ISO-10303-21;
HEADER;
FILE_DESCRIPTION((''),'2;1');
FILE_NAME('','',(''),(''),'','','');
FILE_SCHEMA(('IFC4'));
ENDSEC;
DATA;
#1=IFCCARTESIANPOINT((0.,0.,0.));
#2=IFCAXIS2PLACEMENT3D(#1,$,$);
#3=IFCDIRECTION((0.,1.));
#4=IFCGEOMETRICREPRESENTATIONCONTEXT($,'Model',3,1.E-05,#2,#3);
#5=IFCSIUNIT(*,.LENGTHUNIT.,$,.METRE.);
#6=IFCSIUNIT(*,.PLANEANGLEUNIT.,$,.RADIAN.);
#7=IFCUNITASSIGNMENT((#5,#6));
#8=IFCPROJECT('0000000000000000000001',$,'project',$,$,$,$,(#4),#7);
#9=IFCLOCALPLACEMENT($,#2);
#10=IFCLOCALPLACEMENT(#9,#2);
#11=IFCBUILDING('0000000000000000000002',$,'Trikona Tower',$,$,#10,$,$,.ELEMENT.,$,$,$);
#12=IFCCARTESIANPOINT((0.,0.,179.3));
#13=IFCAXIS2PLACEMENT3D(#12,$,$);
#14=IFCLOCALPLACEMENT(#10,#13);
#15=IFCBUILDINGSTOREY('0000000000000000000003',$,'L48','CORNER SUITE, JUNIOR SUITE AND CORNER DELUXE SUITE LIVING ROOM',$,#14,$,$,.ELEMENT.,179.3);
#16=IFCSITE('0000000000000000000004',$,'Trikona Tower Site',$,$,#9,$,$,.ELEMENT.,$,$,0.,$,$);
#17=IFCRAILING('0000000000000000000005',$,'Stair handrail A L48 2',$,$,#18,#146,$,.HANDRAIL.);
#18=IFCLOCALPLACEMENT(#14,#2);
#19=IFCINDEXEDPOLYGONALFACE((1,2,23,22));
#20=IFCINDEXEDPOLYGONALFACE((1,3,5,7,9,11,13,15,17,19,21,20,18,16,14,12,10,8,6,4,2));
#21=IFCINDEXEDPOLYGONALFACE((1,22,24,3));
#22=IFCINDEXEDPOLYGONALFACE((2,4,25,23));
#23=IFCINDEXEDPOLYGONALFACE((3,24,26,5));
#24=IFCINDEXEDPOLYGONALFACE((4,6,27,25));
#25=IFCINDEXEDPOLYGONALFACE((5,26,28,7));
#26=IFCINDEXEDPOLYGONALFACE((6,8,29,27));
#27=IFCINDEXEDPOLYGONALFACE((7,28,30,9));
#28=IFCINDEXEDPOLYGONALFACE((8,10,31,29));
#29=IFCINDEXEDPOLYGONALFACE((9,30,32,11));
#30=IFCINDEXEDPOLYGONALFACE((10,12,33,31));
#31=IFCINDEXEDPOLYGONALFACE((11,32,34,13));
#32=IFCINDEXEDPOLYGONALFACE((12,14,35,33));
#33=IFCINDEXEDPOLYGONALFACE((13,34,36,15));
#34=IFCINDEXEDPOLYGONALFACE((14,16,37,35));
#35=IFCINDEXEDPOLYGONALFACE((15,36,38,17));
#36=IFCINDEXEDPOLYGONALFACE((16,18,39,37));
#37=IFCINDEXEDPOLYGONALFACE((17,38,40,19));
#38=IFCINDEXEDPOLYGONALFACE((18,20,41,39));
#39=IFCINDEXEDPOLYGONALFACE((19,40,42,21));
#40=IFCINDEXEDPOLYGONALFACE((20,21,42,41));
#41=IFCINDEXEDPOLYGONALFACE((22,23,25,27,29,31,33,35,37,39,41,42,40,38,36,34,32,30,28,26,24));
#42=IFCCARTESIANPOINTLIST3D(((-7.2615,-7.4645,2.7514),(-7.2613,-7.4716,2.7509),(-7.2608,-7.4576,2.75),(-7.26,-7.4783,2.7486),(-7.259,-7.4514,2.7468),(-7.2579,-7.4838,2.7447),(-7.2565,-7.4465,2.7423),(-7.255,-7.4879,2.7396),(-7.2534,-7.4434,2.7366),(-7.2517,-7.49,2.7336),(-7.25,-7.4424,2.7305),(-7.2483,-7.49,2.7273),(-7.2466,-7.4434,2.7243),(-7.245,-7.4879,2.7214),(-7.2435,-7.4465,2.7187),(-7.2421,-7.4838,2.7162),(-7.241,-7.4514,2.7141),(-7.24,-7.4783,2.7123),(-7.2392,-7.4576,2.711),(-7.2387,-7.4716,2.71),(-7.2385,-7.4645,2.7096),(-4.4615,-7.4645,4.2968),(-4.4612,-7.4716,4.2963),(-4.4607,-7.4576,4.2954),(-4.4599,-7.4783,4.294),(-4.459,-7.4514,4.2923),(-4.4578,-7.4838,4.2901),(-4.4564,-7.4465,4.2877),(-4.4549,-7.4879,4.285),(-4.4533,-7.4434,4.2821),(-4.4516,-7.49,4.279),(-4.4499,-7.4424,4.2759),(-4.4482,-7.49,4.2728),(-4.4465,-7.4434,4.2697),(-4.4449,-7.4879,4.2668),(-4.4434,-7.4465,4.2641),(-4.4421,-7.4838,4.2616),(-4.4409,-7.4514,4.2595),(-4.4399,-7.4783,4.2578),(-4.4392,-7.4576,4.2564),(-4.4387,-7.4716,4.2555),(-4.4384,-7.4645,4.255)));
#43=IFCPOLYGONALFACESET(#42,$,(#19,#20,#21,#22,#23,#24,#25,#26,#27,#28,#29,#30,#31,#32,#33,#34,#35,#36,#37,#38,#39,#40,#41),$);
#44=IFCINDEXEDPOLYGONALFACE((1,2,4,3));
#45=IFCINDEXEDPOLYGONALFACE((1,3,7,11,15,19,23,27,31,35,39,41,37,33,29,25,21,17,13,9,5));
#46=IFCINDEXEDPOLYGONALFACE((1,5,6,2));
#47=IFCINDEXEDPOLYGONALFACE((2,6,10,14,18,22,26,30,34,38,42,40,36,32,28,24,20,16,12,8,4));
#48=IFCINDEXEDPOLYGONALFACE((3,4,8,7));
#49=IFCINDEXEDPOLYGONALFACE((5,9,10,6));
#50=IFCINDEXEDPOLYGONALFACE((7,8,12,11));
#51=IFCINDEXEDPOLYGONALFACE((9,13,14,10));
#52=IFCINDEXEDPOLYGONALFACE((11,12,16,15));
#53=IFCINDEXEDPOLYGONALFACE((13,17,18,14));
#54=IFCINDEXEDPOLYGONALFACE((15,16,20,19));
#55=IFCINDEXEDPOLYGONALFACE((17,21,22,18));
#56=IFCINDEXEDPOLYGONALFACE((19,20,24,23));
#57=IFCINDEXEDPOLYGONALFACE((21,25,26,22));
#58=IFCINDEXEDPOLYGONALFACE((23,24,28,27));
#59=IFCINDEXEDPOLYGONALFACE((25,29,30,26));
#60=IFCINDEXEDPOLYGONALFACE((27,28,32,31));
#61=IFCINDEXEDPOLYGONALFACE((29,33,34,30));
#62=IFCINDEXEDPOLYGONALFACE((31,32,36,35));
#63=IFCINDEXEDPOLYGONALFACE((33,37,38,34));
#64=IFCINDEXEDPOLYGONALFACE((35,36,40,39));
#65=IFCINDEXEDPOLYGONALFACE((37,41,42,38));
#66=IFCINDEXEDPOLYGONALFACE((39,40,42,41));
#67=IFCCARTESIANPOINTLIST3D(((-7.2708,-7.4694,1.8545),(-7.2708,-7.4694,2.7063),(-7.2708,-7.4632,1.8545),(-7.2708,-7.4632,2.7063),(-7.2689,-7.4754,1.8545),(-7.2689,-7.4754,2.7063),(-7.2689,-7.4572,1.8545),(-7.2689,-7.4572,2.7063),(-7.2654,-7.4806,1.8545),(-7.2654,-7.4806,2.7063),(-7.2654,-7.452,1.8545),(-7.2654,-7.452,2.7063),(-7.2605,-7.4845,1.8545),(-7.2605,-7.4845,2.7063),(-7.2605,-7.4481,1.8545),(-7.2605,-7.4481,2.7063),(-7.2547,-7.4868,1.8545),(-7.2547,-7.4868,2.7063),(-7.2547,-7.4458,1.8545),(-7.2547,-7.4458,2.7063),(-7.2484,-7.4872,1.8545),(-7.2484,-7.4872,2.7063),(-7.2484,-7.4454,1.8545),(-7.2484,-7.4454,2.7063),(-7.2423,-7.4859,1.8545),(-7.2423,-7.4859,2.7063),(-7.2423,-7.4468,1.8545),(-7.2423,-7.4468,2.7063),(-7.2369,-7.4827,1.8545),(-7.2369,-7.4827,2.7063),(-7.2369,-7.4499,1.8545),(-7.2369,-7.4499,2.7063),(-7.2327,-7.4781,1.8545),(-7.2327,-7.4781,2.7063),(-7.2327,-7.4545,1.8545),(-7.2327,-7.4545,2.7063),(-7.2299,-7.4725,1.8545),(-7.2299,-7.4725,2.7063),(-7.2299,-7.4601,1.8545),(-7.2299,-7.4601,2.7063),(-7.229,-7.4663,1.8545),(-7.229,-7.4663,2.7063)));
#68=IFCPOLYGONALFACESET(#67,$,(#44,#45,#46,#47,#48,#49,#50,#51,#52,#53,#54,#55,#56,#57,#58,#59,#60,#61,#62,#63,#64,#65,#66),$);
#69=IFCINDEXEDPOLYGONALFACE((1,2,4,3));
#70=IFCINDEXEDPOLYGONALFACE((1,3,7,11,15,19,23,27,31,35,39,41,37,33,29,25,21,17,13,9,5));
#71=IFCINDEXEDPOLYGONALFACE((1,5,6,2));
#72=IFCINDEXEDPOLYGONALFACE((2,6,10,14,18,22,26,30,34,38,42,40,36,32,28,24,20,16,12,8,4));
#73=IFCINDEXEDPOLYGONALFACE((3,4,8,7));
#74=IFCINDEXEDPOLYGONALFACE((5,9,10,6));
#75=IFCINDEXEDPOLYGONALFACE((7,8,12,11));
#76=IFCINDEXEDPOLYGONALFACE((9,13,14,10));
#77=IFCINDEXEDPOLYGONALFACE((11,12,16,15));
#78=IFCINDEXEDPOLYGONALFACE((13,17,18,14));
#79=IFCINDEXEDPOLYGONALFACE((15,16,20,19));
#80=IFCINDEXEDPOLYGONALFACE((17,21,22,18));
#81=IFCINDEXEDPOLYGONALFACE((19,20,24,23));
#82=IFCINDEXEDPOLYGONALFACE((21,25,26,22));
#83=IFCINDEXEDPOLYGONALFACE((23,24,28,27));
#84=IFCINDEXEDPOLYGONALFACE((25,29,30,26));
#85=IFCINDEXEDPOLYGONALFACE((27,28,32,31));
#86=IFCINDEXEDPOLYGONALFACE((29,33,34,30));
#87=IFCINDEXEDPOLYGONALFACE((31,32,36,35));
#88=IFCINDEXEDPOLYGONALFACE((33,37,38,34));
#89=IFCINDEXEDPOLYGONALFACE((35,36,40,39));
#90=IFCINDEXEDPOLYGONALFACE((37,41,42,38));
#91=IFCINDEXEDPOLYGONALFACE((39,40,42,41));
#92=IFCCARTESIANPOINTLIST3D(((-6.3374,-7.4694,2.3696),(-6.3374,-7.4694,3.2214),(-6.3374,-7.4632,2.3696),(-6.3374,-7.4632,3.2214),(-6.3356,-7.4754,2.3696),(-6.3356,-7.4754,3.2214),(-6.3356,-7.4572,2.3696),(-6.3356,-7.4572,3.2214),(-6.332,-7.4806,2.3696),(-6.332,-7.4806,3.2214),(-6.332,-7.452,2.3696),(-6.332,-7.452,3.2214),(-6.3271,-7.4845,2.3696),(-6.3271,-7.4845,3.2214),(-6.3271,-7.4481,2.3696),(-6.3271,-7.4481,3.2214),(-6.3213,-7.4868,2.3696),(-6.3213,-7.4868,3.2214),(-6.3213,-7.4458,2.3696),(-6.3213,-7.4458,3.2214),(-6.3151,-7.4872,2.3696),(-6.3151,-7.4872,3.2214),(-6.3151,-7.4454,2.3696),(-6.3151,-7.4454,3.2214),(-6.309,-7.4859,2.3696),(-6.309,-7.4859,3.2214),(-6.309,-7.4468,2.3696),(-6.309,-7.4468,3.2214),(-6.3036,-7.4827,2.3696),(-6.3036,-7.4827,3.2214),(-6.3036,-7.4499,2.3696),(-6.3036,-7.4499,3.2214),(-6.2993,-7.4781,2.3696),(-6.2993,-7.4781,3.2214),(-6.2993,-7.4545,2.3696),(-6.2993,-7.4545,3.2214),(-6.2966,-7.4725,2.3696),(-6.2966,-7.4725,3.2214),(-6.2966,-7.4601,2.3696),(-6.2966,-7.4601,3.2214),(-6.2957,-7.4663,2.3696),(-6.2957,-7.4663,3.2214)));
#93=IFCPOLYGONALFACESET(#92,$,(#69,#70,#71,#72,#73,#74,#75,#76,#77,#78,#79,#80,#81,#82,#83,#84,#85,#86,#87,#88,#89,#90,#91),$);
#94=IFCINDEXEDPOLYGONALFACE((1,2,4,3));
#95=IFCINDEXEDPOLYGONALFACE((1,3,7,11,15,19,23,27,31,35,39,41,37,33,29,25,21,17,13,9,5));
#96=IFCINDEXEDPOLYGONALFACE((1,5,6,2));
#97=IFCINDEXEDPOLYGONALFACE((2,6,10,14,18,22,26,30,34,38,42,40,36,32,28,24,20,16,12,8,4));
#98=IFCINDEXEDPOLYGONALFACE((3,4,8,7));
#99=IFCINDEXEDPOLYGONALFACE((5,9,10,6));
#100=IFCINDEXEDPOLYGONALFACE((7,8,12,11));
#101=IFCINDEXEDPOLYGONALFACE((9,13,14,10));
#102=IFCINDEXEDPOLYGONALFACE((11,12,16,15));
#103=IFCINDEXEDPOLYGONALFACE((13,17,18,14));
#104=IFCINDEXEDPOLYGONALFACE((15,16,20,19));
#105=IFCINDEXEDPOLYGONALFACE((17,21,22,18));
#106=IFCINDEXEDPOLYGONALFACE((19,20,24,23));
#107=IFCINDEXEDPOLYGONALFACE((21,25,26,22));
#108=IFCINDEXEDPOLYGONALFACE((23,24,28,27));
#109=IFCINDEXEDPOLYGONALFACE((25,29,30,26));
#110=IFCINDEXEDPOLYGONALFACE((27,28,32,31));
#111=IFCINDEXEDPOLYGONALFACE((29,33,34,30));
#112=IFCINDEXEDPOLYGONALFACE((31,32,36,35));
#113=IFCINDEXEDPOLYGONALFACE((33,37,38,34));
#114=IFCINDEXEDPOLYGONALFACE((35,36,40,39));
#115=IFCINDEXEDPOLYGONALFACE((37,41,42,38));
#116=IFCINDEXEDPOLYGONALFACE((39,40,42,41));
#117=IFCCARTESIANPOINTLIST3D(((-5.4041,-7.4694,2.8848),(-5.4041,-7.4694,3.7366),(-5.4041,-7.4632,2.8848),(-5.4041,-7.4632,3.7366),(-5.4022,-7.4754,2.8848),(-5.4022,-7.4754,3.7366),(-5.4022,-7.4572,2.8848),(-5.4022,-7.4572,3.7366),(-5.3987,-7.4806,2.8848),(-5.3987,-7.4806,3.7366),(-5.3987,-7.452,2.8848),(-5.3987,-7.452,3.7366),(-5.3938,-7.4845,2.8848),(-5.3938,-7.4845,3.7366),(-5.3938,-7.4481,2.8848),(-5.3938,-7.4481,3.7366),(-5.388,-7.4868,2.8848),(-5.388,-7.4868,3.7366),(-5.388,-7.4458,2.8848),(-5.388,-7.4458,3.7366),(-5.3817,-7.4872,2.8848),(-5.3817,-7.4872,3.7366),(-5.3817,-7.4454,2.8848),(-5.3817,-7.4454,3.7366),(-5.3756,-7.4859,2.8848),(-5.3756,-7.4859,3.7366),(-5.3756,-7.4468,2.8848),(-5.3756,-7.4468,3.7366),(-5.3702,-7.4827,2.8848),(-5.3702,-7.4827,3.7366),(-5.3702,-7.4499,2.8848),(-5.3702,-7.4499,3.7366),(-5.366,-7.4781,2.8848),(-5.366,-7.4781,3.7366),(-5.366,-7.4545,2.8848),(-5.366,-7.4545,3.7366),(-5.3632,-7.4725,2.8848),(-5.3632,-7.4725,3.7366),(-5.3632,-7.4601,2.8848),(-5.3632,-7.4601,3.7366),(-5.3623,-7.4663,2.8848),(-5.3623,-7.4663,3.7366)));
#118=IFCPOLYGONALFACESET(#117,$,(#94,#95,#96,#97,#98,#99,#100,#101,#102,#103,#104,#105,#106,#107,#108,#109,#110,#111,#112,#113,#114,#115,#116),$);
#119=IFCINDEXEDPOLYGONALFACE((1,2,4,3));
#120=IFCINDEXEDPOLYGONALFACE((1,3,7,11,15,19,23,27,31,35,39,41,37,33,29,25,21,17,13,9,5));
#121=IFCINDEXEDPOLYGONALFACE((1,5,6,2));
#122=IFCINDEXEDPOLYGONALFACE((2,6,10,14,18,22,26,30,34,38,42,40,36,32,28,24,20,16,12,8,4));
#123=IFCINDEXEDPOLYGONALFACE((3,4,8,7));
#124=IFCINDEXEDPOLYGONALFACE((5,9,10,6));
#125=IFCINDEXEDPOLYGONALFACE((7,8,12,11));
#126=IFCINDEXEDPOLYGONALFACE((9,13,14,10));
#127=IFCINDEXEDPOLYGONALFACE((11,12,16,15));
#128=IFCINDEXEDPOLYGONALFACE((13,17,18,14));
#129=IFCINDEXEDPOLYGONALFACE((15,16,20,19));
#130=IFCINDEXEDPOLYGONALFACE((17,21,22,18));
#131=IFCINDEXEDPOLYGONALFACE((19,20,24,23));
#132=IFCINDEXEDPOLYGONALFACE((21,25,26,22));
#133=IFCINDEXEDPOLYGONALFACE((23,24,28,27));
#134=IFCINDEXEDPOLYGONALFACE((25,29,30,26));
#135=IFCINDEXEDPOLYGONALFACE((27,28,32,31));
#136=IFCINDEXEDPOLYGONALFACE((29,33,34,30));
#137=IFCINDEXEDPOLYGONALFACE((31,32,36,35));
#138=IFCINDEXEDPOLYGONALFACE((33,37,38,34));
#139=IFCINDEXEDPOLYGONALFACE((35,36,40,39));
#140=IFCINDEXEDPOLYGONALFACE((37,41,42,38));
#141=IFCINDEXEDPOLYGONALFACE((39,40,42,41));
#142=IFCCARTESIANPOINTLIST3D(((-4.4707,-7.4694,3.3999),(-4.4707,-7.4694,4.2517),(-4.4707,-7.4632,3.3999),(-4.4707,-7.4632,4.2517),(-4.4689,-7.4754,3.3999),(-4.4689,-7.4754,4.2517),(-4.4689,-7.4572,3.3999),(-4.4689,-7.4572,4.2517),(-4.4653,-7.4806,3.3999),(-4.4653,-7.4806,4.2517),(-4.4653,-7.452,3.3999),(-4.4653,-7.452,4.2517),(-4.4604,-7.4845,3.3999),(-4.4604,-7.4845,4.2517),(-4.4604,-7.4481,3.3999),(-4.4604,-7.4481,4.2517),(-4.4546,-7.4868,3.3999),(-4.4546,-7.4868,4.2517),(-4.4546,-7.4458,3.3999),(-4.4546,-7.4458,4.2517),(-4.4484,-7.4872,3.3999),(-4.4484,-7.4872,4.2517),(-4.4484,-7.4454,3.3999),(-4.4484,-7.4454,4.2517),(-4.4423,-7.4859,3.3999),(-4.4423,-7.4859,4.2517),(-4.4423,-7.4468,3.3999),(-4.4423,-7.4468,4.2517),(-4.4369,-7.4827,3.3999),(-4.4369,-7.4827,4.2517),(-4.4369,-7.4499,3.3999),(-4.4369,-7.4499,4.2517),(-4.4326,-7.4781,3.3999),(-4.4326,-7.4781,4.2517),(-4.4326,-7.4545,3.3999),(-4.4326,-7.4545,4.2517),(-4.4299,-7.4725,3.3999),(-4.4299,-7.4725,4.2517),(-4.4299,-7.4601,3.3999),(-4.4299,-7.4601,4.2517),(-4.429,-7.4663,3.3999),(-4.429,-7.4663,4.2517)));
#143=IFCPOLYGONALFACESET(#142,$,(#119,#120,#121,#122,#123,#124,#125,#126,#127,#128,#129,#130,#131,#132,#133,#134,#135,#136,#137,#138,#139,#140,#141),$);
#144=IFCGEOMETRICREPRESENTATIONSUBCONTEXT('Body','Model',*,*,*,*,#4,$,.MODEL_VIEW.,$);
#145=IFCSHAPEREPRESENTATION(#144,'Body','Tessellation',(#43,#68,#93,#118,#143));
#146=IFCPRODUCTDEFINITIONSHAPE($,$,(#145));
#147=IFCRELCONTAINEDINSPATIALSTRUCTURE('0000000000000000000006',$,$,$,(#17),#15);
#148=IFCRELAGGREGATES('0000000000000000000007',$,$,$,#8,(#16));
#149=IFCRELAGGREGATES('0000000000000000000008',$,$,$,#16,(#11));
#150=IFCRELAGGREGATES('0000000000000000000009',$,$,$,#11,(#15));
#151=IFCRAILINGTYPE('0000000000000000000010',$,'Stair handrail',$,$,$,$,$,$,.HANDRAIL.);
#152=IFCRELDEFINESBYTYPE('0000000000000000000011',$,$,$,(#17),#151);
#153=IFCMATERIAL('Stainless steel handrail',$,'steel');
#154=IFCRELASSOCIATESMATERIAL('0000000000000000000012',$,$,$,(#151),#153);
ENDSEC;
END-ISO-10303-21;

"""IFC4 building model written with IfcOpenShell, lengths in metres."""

from ifc_helpers import new_model, si_unit, direction, frame, origin, origin_2d, place, context, subcontext, project, spatial, circle, extrude, material, type_object, element, save


model = new_model("IFC4")

# Units and contexts
model_context = context("Model", 3, precision=1e-05, world=origin(), true_north=direction((0.0, 1.0)))
body_context = subcontext(model_context, "Body", "Model", "MODEL_VIEW")
ifc_project = project(units=[si_unit("LENGTHUNIT", "METRE"), si_unit("PLANEANGLEUNIT", "RADIAN")], contexts=[model_context])

# Site, building, storey
site_placement = place(None, origin())
site = spatial("IfcSite", under=ifc_project, at=site_placement, Name="Trikona Tower Site", CompositionType="ELEMENT", RefElevation=0.0)
building_placement = place(site_placement, origin())
building = spatial("IfcBuilding", under=site, at=building_placement, Name="Trikona Tower", CompositionType="ELEMENT")
storey_placement = place(building_placement, frame((0.0, 0.0, 179.3)))
storey = spatial("IfcBuildingStorey", under=building, at=storey_placement, Name="L48", Description="CORNER SUITE, JUNIOR SUITE AND CORNER DELUXE SUITE LIVING ROOM", CompositionType="ELEMENT", Elevation=179.3)

# Railing
ifc_material_1 = material(Name="Stainless steel handrail", Category="steel")
railing_type = type_object("IfcRailingType", Name="Stair handrail", PredefinedType="HANDRAIL", material=ifc_material_1)
railing_placement = place(storey_placement, frame((-7.25, -7.4663, 1.8545)))
element("IfcRailing", 1, at=railing_placement, inside=storey, type_object=railing_type, Name="Stair handrail A L48 2", PredefinedType="HANDRAIL", context=body_context, shape_type="SweptSolid", body=[
    extrude(circle(Radius=0.0239, at=origin_2d()), frame((0.0, 0.0, 0.876), z_axis=(0.875504, 0.0, 0.483211), x_axis=(0.0, 1.0, 0.0)), (0.0, 0.0, 1.0), 3.1982),
    extrude(circle(Radius=0.021, at=origin_2d()), origin(), (0.0, 0.0, 1.0), 0.8518),
    extrude(circle(Radius=0.021, at=origin_2d()), frame((0.9333, 0.0, 0.5151)), (0.0, 0.0, 1.0), 0.8518),
    extrude(circle(Radius=0.021, at=origin_2d()), frame((1.8667, 0.0, 1.0303)), (0.0, 0.0, 1.0), 0.8518),
    extrude(circle(Radius=0.021, at=origin_2d()), frame((2.8, 0.0, 1.5454)), (0.0, 0.0, 1.0), 0.8518),
])

save(model, "model.ifc")
